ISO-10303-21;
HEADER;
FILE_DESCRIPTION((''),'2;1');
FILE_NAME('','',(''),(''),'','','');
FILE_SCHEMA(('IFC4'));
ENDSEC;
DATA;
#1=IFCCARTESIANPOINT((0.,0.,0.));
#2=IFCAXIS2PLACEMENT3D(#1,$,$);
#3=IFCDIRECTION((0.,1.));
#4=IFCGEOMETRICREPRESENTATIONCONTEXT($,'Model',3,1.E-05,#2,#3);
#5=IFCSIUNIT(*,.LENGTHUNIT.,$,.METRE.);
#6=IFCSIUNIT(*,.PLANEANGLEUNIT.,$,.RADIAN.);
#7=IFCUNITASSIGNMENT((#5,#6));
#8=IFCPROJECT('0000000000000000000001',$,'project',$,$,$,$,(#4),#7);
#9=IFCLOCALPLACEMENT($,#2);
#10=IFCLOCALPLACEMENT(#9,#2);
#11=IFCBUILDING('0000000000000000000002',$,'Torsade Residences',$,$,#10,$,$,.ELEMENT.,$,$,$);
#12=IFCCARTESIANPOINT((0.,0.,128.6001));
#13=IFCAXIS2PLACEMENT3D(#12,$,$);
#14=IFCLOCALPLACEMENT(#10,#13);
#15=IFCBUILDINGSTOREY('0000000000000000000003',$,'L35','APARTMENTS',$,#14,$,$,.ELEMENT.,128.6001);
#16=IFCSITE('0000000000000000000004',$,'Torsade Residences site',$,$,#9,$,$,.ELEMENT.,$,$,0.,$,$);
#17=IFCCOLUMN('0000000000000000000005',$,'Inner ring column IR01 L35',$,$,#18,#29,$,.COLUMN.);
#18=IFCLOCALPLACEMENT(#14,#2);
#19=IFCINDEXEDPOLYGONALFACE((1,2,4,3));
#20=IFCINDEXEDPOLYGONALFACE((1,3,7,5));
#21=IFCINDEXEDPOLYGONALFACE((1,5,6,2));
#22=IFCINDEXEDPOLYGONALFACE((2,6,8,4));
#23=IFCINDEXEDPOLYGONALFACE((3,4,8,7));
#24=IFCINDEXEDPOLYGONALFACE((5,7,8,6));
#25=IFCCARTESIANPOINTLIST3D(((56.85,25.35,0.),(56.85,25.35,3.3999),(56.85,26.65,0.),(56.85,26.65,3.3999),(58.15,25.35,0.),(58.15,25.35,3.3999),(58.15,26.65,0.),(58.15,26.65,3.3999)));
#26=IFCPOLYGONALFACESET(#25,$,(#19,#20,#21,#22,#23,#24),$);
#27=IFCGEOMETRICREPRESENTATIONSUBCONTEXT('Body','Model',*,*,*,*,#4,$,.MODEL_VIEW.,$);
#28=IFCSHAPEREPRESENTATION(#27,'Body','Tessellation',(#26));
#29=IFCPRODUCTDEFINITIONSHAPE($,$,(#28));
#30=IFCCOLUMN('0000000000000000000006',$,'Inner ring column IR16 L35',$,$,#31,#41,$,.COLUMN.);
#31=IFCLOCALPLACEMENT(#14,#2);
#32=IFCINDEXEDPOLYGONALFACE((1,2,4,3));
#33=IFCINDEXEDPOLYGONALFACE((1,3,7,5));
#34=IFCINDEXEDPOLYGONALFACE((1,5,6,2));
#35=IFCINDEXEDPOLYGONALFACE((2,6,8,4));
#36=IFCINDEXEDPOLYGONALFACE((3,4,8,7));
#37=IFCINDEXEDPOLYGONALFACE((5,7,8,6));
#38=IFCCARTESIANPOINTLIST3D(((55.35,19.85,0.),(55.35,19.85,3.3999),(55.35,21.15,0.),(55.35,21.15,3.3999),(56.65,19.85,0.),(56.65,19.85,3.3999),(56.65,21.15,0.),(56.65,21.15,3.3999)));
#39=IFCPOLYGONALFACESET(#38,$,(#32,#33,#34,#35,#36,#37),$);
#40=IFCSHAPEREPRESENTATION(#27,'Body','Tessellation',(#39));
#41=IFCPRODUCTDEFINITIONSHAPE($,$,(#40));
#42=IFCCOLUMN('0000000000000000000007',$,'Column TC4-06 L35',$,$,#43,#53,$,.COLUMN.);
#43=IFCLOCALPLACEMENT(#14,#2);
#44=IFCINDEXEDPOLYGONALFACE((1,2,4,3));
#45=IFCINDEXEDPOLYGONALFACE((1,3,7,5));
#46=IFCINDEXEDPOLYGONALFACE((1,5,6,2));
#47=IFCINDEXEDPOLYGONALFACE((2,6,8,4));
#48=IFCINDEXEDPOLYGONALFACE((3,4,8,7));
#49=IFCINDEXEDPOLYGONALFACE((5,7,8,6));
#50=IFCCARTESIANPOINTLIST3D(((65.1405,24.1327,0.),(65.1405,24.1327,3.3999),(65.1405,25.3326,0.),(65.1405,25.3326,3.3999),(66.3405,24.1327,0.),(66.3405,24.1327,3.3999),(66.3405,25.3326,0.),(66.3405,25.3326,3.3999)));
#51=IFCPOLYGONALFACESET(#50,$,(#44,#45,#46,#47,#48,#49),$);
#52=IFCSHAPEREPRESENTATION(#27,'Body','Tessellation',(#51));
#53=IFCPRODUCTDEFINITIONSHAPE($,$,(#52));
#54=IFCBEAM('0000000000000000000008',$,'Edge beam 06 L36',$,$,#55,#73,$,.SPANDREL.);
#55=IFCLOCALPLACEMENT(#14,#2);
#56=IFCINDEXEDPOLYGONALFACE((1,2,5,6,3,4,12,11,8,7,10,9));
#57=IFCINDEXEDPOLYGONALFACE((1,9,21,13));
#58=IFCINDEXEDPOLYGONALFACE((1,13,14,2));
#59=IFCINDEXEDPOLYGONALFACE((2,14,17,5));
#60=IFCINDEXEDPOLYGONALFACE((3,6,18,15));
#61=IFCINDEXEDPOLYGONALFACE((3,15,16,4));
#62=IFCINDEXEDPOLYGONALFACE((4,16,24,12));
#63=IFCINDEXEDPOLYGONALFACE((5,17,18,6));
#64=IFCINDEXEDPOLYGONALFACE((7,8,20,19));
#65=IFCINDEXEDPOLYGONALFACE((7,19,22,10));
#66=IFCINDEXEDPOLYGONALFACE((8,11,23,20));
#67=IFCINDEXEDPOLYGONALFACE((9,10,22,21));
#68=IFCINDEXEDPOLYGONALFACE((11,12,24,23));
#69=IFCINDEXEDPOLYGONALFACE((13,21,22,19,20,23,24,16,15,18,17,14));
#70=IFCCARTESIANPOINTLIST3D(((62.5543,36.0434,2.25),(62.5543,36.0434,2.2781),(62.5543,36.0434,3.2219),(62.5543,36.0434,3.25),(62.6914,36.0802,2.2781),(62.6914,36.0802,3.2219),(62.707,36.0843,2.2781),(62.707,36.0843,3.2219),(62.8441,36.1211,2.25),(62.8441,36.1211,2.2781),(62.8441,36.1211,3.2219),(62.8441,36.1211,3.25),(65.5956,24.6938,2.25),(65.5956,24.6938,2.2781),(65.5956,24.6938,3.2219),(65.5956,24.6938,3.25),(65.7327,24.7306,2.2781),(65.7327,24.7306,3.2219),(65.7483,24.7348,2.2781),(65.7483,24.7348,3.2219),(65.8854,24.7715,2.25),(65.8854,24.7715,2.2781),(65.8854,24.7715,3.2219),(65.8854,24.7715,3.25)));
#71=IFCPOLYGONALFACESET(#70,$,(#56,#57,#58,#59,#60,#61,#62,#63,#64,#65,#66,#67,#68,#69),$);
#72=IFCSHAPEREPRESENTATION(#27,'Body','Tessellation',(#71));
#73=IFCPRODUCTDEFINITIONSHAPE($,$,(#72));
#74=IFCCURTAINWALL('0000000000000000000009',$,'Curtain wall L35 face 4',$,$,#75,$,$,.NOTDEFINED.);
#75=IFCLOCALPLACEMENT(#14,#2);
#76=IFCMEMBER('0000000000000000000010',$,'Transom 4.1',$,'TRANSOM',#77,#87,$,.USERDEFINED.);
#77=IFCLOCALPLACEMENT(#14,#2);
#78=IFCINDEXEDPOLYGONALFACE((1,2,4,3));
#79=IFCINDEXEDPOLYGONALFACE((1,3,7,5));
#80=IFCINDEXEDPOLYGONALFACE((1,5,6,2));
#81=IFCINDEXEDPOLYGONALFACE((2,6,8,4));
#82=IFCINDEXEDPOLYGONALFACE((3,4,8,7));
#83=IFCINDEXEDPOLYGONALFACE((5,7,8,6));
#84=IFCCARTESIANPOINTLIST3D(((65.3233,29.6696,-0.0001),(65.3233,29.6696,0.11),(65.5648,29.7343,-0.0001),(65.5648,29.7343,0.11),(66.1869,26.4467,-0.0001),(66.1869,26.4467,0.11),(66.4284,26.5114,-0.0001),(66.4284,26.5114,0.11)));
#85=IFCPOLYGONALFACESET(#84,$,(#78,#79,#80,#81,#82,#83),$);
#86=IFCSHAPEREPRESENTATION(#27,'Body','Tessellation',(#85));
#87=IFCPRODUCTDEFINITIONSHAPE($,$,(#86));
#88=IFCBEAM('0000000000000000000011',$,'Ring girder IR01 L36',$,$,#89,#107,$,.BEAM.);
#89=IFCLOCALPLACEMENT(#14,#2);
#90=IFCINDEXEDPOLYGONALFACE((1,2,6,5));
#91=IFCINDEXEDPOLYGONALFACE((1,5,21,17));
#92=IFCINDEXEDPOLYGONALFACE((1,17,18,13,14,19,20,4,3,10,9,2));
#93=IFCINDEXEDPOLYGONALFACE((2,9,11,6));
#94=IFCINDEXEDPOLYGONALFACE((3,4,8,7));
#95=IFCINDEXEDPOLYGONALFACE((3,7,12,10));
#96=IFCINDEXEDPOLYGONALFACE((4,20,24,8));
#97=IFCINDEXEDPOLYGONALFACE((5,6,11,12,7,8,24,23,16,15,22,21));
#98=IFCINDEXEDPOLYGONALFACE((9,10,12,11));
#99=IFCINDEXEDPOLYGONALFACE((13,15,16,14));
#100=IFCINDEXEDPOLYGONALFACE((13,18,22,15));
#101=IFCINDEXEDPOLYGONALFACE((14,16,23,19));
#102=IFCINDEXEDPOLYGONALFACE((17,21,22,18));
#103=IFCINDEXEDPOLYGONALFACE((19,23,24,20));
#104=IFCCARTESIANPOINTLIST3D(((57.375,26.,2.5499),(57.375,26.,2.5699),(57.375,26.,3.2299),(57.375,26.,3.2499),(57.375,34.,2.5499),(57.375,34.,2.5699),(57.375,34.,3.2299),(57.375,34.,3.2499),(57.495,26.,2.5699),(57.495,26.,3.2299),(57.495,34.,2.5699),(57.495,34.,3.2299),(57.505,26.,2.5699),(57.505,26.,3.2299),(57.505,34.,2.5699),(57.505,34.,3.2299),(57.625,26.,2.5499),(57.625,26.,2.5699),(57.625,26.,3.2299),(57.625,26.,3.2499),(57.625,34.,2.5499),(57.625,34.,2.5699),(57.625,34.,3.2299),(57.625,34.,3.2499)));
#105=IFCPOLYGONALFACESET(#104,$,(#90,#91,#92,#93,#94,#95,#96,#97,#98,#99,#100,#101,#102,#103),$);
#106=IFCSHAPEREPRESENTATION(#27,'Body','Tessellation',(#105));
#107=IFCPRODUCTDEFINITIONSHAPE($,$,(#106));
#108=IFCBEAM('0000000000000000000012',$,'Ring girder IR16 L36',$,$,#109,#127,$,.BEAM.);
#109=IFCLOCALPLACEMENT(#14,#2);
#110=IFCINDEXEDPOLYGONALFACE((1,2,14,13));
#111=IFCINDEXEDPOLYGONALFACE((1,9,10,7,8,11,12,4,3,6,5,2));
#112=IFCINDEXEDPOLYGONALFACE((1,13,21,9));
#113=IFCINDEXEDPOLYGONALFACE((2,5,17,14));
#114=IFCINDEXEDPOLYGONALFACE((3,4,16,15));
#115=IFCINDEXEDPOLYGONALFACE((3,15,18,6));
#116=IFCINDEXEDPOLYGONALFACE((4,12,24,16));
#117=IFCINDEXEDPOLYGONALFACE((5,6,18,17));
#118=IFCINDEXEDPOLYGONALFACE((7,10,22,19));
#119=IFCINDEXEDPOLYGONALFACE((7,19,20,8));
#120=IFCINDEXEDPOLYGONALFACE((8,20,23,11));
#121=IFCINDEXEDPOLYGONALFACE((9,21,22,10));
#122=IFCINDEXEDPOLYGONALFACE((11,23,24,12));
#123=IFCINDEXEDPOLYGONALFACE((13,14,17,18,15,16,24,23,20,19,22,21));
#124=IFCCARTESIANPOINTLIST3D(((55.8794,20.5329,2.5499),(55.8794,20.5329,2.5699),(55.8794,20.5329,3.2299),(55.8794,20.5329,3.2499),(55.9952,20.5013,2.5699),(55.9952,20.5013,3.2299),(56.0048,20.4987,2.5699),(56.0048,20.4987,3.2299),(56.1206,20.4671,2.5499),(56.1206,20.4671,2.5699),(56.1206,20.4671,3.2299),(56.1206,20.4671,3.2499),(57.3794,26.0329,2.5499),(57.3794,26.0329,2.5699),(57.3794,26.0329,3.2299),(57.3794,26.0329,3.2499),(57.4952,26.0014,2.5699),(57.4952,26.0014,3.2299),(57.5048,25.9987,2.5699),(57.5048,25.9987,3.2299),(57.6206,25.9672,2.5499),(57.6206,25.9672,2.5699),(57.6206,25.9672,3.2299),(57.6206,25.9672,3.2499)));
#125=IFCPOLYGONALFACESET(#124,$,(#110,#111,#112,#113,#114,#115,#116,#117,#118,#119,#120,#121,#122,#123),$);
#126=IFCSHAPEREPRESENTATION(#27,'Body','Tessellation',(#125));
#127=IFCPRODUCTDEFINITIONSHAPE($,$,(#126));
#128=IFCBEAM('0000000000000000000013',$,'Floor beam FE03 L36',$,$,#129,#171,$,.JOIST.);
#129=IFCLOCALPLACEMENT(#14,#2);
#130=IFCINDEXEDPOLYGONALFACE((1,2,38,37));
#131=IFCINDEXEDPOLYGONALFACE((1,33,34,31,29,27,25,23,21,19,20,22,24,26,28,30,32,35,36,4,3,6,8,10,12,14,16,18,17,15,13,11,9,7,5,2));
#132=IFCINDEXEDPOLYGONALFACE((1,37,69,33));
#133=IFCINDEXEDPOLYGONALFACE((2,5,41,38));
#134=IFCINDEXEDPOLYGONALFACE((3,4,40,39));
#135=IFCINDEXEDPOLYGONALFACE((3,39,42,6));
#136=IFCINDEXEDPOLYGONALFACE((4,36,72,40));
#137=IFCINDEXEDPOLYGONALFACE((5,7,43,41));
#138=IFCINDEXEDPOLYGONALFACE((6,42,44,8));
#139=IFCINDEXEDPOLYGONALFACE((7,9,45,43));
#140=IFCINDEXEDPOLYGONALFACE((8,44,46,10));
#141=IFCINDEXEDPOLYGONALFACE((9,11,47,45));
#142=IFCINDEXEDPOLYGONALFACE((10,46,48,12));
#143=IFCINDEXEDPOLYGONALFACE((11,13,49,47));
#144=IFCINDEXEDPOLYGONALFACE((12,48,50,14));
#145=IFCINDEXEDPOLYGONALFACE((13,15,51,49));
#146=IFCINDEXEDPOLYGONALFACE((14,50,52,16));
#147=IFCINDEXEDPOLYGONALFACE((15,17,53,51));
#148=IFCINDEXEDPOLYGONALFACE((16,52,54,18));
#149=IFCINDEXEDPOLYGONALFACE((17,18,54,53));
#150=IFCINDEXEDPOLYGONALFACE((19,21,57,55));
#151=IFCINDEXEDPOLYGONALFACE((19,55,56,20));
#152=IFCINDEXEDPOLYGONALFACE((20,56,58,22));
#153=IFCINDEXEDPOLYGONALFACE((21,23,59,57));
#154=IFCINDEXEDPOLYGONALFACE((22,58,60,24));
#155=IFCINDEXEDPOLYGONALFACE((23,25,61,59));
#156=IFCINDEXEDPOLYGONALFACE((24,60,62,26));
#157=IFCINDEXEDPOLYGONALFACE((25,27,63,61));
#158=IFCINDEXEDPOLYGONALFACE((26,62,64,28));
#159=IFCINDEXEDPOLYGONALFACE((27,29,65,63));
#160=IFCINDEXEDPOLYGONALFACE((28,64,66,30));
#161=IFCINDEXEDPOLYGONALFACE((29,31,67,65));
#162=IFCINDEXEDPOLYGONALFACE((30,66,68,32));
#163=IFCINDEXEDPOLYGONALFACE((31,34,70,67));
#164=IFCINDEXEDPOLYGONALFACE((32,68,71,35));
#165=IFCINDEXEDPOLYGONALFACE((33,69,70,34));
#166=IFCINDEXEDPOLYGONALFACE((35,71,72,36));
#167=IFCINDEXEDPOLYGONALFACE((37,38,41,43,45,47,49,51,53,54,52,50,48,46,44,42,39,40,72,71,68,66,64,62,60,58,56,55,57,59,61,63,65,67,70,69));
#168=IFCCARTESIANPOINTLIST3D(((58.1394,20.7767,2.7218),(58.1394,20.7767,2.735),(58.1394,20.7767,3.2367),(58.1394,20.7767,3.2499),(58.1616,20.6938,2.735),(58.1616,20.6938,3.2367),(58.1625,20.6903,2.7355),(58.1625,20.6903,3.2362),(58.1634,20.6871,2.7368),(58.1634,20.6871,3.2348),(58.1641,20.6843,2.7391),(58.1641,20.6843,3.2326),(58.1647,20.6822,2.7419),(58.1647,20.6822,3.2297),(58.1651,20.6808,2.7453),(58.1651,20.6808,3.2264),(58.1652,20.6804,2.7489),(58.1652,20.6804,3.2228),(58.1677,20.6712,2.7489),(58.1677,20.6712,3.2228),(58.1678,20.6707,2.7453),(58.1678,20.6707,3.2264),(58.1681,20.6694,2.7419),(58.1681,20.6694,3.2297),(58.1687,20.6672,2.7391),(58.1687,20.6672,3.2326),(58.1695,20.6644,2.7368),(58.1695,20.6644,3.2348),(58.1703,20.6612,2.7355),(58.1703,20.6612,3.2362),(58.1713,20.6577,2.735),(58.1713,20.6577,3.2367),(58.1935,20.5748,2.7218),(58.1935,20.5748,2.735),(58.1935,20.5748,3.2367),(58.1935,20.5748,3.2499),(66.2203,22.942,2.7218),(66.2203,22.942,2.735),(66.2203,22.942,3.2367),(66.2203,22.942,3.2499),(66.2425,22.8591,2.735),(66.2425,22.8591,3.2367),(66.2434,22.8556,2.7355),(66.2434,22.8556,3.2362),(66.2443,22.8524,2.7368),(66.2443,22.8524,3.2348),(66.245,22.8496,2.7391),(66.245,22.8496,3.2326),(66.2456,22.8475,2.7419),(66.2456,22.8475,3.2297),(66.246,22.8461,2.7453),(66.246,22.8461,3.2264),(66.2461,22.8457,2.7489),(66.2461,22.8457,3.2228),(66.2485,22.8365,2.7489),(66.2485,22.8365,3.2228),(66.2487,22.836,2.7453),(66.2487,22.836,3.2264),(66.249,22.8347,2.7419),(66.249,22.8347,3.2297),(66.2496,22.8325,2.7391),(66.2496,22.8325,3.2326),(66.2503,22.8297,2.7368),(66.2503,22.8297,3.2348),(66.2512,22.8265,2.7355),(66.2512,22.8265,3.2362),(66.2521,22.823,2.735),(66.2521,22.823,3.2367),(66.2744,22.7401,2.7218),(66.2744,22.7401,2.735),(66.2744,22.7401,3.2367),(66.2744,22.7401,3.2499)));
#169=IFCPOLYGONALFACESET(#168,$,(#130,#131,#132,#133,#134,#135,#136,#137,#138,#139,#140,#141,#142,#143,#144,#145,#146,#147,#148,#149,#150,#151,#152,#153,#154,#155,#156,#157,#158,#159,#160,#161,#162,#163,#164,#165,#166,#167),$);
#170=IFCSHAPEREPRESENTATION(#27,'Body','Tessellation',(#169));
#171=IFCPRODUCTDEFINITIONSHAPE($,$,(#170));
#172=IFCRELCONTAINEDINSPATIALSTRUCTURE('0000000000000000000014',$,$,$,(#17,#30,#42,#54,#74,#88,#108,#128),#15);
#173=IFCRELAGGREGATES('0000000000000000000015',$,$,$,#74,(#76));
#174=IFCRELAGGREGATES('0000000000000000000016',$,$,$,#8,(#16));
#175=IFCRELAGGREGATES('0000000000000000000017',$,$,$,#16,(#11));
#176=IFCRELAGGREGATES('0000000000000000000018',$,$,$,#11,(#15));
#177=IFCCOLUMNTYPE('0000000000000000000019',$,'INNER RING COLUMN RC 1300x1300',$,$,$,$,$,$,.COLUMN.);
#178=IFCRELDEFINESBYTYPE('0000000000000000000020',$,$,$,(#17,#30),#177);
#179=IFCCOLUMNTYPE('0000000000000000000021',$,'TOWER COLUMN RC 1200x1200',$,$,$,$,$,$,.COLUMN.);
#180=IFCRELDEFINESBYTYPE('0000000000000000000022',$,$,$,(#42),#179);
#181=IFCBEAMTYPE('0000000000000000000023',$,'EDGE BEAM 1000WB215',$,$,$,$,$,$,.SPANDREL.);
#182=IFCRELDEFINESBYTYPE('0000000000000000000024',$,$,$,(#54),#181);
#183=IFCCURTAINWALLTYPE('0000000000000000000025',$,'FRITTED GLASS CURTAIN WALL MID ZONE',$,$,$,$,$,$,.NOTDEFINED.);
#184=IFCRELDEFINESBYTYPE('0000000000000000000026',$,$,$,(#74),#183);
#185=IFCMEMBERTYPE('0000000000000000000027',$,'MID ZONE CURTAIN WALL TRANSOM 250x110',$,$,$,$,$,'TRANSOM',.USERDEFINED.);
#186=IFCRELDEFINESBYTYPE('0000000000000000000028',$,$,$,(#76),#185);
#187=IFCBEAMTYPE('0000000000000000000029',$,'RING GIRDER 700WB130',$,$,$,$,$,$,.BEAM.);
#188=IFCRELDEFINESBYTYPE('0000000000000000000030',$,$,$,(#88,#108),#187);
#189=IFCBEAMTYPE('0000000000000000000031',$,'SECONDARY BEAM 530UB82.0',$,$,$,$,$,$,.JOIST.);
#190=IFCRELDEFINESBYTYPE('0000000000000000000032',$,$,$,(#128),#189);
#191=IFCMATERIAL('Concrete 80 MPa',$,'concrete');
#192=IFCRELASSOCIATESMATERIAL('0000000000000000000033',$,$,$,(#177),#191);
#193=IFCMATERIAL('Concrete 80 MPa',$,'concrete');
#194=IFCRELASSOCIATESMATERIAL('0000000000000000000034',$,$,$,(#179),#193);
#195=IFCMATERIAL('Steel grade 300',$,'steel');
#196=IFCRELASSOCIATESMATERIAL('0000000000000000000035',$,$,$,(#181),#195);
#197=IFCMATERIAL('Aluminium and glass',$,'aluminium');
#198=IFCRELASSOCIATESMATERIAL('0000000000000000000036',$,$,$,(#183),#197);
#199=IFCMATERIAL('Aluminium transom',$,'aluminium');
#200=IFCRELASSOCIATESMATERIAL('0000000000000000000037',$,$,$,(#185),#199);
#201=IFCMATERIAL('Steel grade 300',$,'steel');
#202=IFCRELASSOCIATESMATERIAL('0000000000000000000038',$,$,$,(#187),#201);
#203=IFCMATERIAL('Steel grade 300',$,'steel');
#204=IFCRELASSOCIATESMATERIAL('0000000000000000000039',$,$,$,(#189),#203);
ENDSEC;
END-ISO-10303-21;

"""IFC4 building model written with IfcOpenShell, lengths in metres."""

from ifc_helpers import new_model, si_unit, direction, frame, origin, origin_2d, place, context, subcontext, project, spatial, rectangle, i_section, extrude, material, material_profile, profile_set, type_object, element, aggregate, save


model = new_model("IFC4")

# Units and contexts
model_context = context("Model", 3, precision=1e-05, world=origin(), true_north=direction((0.0, 1.0)))
body_context = subcontext(model_context, "Body", "Model", "MODEL_VIEW")
ifc_project = project(units=[si_unit("LENGTHUNIT", "METRE"), si_unit("PLANEANGLEUNIT", "RADIAN")], contexts=[model_context])

# Site, building, storey
site_placement = place(None, origin())
site = spatial("IfcSite", under=ifc_project, at=site_placement, Name="Torsade Residences site", CompositionType="ELEMENT", RefElevation=0.0)
building_placement = place(site_placement, origin())
building = spatial("IfcBuilding", under=site, at=building_placement, Name="Torsade Residences", CompositionType="ELEMENT")
storey_placement = place(building_placement, frame((0.0, 0.0, 128.6001)))
storey = spatial("IfcBuildingStorey", under=building, at=storey_placement, Name="L35", Description="APARTMENTS", CompositionType="ELEMENT", Elevation=128.6001)

# Columns
ifc_material_1 = material(Name="Concrete 80 MPa", Category="concrete")
ifc_material_profile_1 = material_profile(ifc_material_1, rectangle(XDim=1.3, YDim=1.3, at=origin_2d()), Name="RC 1300x1300")
ifc_profile_set_1 = profile_set([ifc_material_profile_1], Name="Concrete 80 MPa")
column_type_1 = type_object("IfcColumnType", Name="INNER RING COLUMN RC 1300x1300", PredefinedType="COLUMN", material=ifc_profile_set_1)
for number, where, z_axis, x_axis, name in (
    (1, (57.5, 26.0, 0.0), (0.0, 0.0, 1.0), (1.0, 0.0, 0.0), "Inner ring column IR01 L35"),
    (2, (56.0, 20.5, 0.0), (0.0, 0.0, 1.0), (1.0, 0.0, 0.0), "Inner ring column IR16 L35"),
):
    element("IfcColumn", number, at=place(storey_placement, frame(where, z_axis=z_axis, x_axis=x_axis)), inside=storey, type_object=column_type_1, Name=name, PredefinedType="COLUMN", context=body_context, shape_type="SweptSolid", body=[
        extrude(rectangle(XDim=1.3, YDim=1.3, at=origin_2d()), origin(), (0.0, 0.0, 1.0), 3.3999),
    ])
ifc_material_2 = material(Name="Concrete 80 MPa", Category="concrete")
ifc_material_profile_2 = material_profile(ifc_material_2, rectangle(XDim=1.2, YDim=1.2, at=origin_2d()), Name="RC 1200x1200")
ifc_profile_set_2 = profile_set([ifc_material_profile_2], Name="Concrete 80 MPa")
column_type_2 = type_object("IfcColumnType", Name="TOWER COLUMN RC 1200x1200", PredefinedType="COLUMN", material=ifc_profile_set_2)
column_placement = place(storey_placement, frame((65.7405, 24.7327, 0.0), z_axis=(0.0, 0.0, 1.0), x_axis=(1.0, 0.0, 0.0)))
element("IfcColumn", 3, at=column_placement, inside=storey, type_object=column_type_2, Name="Column TC4-06 L35", PredefinedType="COLUMN", context=body_context, shape_type="SweptSolid", body=[
    extrude(rectangle(XDim=1.2, YDim=1.2, at=origin_2d()), origin(), (0.0, 0.0, 1.0), 3.3999),
])

# Beam
ifc_material_3 = material(Name="Steel grade 300", Category="steel")
ifc_material_profile_3 = material_profile(ifc_material_3, i_section(OverallWidth=0.3, OverallDepth=1.0, WebThickness=0.0161, FlangeThickness=0.0281, at=origin_2d()), Name="1000WB215")
ifc_profile_set_3 = profile_set([ifc_material_profile_3], Name="Steel grade 300")
beam_type_1 = type_object("IfcBeamType", Name="EDGE BEAM 1000WB215", PredefinedType="SPANDREL", material=ifc_profile_set_3)
beam_1_placement = place(storey_placement, frame((65.7405, 24.7327, 2.75), z_axis=(-0.25883, 0.965923, 0.0), x_axis=(-0.965923, -0.25883, 0.0)))
element("IfcBeam", 4, at=beam_1_placement, inside=storey, type_object=beam_type_1, Name="Edge beam 06 L36", PredefinedType="SPANDREL", context=body_context, shape_type="SweptSolid", body=[
    extrude(i_section(OverallWidth=0.3, OverallDepth=1.0, WebThickness=0.0161, FlangeThickness=0.0281, at=origin_2d()), origin(), (0.0, 0.0, 1.0), 11.75),
])

# Curtain wall, member
ifc_material_4 = material(Name="Aluminium and glass", Category="aluminium")
curtain_wall_type = type_object("IfcCurtainWallType", Name="FRITTED GLASS CURTAIN WALL MID ZONE", PredefinedType="NOTDEFINED", material=ifc_material_4)
curtain_wall_placement = place(storey_placement, origin())
curtain_wall = element("IfcCurtainWall", 5, at=curtain_wall_placement, inside=storey, type_object=curtain_wall_type, Name="Curtain wall L35 face 4", PredefinedType="NOTDEFINED")
ifc_material_5 = material(Name="Aluminium transom", Category="aluminium")
ifc_material_profile_4 = material_profile(ifc_material_5, rectangle(XDim=0.25, YDim=0.1101, at=origin_2d()), Name="MID ZONE CURTAIN WALL TRANSOM 250x110")
ifc_profile_set_4 = profile_set([ifc_material_profile_4], Name="Aluminium transom")
member_type = type_object("IfcMemberType", Name="MID ZONE CURTAIN WALL TRANSOM 250x110", ElementType="TRANSOM", PredefinedType="USERDEFINED", material=ifc_profile_set_4)
member_placement = place(storey_placement, frame((66.3076, 26.479, 0.0549), z_axis=(-0.258806, 0.965929, 0.0), x_axis=(-0.965929, -0.258806, 0.0)))
member = element("IfcMember", 6, at=member_placement, type_object=member_type, Name="Transom 4.1", ObjectType="TRANSOM", PredefinedType="USERDEFINED", context=body_context, shape_type="SweptSolid", body=[
    extrude(rectangle(XDim=0.25, YDim=0.1101, at=origin_2d()), origin(), (0.0, 0.0, 1.0), 3.3367),
])
aggregate(curtain_wall, [member])

# Beams
ifc_material_6 = material(Name="Steel grade 300", Category="steel")
ifc_material_profile_5 = material_profile(ifc_material_6, i_section(OverallWidth=0.25, OverallDepth=0.7, WebThickness=0.01, FlangeThickness=0.02, at=origin_2d()), Name="700WB130")
ifc_profile_set_5 = profile_set([ifc_material_profile_5], Name="Steel grade 300")
beam_type_2 = type_object("IfcBeamType", Name="RING GIRDER 700WB130", PredefinedType="BEAM", material=ifc_profile_set_5)
beam_2_placement = place(storey_placement, frame((57.5, 26.0, 2.8999), z_axis=(0.0, 1.0, 0.0), x_axis=(-1.0, 0.0, 0.0)))
element("IfcBeam", 7, at=beam_2_placement, inside=storey, type_object=beam_type_2, Name="Ring girder IR01 L36", PredefinedType="BEAM", context=body_context, shape_type="SweptSolid", body=[
    extrude(i_section(OverallWidth=0.25, OverallDepth=0.7, WebThickness=0.01, FlangeThickness=0.02, at=origin_2d()), origin(), (0.0, 0.0, 1.0), 8.0),
])
beam_3_placement = place(storey_placement, frame((56.0, 20.5, 2.8999), z_axis=(0.263117, 0.964764, 0.0), x_axis=(-0.964764, 0.263117, 0.0)))
element("IfcBeam", 8, at=beam_3_placement, inside=storey, type_object=beam_type_2, Name="Ring girder IR16 L36", PredefinedType="BEAM", context=body_context, shape_type="SweptSolid", body=[
    extrude(i_section(OverallWidth=0.25, OverallDepth=0.7, WebThickness=0.01, FlangeThickness=0.02, at=origin_2d()), origin(), (0.0, 0.0, 1.0), 5.7009),
])
ifc_material_7 = material(Name="Steel grade 300", Category="steel")
ifc_material_profile_6 = material_profile(ifc_material_7, i_section(OverallWidth=0.209, OverallDepth=0.5281, WebThickness=0.0095, FlangeThickness=0.0132, FilletRadius=0.0139, at=origin_2d()), Name="530UB82.0")
ifc_profile_set_6 = profile_set([ifc_material_profile_6], Name="Steel grade 300")
beam_type_3 = type_object("IfcBeamType", Name="SECONDARY BEAM 530UB82.0", PredefinedType="JOIST", material=ifc_profile_set_6)
beam_4_placement = place(storey_placement, frame((66.2473, 22.8411, 2.9858), z_axis=(-0.965925, -0.258823, 0.0), x_axis=(0.258823, -0.965925, 0.0)))
element("IfcBeam", 9, at=beam_4_placement, inside=storey, type_object=beam_type_3, Name="Floor beam FE03 L36", PredefinedType="JOIST", context=body_context, shape_type="SweptSolid", body=[
    extrude(i_section(OverallWidth=0.209, OverallDepth=0.5281, WebThickness=0.0095, FlangeThickness=0.0132, FilletRadius=0.0139, at=origin_2d()), origin(), (0.0, 0.0, 1.0), 8.366),
])

save(model, "model.ifc")
